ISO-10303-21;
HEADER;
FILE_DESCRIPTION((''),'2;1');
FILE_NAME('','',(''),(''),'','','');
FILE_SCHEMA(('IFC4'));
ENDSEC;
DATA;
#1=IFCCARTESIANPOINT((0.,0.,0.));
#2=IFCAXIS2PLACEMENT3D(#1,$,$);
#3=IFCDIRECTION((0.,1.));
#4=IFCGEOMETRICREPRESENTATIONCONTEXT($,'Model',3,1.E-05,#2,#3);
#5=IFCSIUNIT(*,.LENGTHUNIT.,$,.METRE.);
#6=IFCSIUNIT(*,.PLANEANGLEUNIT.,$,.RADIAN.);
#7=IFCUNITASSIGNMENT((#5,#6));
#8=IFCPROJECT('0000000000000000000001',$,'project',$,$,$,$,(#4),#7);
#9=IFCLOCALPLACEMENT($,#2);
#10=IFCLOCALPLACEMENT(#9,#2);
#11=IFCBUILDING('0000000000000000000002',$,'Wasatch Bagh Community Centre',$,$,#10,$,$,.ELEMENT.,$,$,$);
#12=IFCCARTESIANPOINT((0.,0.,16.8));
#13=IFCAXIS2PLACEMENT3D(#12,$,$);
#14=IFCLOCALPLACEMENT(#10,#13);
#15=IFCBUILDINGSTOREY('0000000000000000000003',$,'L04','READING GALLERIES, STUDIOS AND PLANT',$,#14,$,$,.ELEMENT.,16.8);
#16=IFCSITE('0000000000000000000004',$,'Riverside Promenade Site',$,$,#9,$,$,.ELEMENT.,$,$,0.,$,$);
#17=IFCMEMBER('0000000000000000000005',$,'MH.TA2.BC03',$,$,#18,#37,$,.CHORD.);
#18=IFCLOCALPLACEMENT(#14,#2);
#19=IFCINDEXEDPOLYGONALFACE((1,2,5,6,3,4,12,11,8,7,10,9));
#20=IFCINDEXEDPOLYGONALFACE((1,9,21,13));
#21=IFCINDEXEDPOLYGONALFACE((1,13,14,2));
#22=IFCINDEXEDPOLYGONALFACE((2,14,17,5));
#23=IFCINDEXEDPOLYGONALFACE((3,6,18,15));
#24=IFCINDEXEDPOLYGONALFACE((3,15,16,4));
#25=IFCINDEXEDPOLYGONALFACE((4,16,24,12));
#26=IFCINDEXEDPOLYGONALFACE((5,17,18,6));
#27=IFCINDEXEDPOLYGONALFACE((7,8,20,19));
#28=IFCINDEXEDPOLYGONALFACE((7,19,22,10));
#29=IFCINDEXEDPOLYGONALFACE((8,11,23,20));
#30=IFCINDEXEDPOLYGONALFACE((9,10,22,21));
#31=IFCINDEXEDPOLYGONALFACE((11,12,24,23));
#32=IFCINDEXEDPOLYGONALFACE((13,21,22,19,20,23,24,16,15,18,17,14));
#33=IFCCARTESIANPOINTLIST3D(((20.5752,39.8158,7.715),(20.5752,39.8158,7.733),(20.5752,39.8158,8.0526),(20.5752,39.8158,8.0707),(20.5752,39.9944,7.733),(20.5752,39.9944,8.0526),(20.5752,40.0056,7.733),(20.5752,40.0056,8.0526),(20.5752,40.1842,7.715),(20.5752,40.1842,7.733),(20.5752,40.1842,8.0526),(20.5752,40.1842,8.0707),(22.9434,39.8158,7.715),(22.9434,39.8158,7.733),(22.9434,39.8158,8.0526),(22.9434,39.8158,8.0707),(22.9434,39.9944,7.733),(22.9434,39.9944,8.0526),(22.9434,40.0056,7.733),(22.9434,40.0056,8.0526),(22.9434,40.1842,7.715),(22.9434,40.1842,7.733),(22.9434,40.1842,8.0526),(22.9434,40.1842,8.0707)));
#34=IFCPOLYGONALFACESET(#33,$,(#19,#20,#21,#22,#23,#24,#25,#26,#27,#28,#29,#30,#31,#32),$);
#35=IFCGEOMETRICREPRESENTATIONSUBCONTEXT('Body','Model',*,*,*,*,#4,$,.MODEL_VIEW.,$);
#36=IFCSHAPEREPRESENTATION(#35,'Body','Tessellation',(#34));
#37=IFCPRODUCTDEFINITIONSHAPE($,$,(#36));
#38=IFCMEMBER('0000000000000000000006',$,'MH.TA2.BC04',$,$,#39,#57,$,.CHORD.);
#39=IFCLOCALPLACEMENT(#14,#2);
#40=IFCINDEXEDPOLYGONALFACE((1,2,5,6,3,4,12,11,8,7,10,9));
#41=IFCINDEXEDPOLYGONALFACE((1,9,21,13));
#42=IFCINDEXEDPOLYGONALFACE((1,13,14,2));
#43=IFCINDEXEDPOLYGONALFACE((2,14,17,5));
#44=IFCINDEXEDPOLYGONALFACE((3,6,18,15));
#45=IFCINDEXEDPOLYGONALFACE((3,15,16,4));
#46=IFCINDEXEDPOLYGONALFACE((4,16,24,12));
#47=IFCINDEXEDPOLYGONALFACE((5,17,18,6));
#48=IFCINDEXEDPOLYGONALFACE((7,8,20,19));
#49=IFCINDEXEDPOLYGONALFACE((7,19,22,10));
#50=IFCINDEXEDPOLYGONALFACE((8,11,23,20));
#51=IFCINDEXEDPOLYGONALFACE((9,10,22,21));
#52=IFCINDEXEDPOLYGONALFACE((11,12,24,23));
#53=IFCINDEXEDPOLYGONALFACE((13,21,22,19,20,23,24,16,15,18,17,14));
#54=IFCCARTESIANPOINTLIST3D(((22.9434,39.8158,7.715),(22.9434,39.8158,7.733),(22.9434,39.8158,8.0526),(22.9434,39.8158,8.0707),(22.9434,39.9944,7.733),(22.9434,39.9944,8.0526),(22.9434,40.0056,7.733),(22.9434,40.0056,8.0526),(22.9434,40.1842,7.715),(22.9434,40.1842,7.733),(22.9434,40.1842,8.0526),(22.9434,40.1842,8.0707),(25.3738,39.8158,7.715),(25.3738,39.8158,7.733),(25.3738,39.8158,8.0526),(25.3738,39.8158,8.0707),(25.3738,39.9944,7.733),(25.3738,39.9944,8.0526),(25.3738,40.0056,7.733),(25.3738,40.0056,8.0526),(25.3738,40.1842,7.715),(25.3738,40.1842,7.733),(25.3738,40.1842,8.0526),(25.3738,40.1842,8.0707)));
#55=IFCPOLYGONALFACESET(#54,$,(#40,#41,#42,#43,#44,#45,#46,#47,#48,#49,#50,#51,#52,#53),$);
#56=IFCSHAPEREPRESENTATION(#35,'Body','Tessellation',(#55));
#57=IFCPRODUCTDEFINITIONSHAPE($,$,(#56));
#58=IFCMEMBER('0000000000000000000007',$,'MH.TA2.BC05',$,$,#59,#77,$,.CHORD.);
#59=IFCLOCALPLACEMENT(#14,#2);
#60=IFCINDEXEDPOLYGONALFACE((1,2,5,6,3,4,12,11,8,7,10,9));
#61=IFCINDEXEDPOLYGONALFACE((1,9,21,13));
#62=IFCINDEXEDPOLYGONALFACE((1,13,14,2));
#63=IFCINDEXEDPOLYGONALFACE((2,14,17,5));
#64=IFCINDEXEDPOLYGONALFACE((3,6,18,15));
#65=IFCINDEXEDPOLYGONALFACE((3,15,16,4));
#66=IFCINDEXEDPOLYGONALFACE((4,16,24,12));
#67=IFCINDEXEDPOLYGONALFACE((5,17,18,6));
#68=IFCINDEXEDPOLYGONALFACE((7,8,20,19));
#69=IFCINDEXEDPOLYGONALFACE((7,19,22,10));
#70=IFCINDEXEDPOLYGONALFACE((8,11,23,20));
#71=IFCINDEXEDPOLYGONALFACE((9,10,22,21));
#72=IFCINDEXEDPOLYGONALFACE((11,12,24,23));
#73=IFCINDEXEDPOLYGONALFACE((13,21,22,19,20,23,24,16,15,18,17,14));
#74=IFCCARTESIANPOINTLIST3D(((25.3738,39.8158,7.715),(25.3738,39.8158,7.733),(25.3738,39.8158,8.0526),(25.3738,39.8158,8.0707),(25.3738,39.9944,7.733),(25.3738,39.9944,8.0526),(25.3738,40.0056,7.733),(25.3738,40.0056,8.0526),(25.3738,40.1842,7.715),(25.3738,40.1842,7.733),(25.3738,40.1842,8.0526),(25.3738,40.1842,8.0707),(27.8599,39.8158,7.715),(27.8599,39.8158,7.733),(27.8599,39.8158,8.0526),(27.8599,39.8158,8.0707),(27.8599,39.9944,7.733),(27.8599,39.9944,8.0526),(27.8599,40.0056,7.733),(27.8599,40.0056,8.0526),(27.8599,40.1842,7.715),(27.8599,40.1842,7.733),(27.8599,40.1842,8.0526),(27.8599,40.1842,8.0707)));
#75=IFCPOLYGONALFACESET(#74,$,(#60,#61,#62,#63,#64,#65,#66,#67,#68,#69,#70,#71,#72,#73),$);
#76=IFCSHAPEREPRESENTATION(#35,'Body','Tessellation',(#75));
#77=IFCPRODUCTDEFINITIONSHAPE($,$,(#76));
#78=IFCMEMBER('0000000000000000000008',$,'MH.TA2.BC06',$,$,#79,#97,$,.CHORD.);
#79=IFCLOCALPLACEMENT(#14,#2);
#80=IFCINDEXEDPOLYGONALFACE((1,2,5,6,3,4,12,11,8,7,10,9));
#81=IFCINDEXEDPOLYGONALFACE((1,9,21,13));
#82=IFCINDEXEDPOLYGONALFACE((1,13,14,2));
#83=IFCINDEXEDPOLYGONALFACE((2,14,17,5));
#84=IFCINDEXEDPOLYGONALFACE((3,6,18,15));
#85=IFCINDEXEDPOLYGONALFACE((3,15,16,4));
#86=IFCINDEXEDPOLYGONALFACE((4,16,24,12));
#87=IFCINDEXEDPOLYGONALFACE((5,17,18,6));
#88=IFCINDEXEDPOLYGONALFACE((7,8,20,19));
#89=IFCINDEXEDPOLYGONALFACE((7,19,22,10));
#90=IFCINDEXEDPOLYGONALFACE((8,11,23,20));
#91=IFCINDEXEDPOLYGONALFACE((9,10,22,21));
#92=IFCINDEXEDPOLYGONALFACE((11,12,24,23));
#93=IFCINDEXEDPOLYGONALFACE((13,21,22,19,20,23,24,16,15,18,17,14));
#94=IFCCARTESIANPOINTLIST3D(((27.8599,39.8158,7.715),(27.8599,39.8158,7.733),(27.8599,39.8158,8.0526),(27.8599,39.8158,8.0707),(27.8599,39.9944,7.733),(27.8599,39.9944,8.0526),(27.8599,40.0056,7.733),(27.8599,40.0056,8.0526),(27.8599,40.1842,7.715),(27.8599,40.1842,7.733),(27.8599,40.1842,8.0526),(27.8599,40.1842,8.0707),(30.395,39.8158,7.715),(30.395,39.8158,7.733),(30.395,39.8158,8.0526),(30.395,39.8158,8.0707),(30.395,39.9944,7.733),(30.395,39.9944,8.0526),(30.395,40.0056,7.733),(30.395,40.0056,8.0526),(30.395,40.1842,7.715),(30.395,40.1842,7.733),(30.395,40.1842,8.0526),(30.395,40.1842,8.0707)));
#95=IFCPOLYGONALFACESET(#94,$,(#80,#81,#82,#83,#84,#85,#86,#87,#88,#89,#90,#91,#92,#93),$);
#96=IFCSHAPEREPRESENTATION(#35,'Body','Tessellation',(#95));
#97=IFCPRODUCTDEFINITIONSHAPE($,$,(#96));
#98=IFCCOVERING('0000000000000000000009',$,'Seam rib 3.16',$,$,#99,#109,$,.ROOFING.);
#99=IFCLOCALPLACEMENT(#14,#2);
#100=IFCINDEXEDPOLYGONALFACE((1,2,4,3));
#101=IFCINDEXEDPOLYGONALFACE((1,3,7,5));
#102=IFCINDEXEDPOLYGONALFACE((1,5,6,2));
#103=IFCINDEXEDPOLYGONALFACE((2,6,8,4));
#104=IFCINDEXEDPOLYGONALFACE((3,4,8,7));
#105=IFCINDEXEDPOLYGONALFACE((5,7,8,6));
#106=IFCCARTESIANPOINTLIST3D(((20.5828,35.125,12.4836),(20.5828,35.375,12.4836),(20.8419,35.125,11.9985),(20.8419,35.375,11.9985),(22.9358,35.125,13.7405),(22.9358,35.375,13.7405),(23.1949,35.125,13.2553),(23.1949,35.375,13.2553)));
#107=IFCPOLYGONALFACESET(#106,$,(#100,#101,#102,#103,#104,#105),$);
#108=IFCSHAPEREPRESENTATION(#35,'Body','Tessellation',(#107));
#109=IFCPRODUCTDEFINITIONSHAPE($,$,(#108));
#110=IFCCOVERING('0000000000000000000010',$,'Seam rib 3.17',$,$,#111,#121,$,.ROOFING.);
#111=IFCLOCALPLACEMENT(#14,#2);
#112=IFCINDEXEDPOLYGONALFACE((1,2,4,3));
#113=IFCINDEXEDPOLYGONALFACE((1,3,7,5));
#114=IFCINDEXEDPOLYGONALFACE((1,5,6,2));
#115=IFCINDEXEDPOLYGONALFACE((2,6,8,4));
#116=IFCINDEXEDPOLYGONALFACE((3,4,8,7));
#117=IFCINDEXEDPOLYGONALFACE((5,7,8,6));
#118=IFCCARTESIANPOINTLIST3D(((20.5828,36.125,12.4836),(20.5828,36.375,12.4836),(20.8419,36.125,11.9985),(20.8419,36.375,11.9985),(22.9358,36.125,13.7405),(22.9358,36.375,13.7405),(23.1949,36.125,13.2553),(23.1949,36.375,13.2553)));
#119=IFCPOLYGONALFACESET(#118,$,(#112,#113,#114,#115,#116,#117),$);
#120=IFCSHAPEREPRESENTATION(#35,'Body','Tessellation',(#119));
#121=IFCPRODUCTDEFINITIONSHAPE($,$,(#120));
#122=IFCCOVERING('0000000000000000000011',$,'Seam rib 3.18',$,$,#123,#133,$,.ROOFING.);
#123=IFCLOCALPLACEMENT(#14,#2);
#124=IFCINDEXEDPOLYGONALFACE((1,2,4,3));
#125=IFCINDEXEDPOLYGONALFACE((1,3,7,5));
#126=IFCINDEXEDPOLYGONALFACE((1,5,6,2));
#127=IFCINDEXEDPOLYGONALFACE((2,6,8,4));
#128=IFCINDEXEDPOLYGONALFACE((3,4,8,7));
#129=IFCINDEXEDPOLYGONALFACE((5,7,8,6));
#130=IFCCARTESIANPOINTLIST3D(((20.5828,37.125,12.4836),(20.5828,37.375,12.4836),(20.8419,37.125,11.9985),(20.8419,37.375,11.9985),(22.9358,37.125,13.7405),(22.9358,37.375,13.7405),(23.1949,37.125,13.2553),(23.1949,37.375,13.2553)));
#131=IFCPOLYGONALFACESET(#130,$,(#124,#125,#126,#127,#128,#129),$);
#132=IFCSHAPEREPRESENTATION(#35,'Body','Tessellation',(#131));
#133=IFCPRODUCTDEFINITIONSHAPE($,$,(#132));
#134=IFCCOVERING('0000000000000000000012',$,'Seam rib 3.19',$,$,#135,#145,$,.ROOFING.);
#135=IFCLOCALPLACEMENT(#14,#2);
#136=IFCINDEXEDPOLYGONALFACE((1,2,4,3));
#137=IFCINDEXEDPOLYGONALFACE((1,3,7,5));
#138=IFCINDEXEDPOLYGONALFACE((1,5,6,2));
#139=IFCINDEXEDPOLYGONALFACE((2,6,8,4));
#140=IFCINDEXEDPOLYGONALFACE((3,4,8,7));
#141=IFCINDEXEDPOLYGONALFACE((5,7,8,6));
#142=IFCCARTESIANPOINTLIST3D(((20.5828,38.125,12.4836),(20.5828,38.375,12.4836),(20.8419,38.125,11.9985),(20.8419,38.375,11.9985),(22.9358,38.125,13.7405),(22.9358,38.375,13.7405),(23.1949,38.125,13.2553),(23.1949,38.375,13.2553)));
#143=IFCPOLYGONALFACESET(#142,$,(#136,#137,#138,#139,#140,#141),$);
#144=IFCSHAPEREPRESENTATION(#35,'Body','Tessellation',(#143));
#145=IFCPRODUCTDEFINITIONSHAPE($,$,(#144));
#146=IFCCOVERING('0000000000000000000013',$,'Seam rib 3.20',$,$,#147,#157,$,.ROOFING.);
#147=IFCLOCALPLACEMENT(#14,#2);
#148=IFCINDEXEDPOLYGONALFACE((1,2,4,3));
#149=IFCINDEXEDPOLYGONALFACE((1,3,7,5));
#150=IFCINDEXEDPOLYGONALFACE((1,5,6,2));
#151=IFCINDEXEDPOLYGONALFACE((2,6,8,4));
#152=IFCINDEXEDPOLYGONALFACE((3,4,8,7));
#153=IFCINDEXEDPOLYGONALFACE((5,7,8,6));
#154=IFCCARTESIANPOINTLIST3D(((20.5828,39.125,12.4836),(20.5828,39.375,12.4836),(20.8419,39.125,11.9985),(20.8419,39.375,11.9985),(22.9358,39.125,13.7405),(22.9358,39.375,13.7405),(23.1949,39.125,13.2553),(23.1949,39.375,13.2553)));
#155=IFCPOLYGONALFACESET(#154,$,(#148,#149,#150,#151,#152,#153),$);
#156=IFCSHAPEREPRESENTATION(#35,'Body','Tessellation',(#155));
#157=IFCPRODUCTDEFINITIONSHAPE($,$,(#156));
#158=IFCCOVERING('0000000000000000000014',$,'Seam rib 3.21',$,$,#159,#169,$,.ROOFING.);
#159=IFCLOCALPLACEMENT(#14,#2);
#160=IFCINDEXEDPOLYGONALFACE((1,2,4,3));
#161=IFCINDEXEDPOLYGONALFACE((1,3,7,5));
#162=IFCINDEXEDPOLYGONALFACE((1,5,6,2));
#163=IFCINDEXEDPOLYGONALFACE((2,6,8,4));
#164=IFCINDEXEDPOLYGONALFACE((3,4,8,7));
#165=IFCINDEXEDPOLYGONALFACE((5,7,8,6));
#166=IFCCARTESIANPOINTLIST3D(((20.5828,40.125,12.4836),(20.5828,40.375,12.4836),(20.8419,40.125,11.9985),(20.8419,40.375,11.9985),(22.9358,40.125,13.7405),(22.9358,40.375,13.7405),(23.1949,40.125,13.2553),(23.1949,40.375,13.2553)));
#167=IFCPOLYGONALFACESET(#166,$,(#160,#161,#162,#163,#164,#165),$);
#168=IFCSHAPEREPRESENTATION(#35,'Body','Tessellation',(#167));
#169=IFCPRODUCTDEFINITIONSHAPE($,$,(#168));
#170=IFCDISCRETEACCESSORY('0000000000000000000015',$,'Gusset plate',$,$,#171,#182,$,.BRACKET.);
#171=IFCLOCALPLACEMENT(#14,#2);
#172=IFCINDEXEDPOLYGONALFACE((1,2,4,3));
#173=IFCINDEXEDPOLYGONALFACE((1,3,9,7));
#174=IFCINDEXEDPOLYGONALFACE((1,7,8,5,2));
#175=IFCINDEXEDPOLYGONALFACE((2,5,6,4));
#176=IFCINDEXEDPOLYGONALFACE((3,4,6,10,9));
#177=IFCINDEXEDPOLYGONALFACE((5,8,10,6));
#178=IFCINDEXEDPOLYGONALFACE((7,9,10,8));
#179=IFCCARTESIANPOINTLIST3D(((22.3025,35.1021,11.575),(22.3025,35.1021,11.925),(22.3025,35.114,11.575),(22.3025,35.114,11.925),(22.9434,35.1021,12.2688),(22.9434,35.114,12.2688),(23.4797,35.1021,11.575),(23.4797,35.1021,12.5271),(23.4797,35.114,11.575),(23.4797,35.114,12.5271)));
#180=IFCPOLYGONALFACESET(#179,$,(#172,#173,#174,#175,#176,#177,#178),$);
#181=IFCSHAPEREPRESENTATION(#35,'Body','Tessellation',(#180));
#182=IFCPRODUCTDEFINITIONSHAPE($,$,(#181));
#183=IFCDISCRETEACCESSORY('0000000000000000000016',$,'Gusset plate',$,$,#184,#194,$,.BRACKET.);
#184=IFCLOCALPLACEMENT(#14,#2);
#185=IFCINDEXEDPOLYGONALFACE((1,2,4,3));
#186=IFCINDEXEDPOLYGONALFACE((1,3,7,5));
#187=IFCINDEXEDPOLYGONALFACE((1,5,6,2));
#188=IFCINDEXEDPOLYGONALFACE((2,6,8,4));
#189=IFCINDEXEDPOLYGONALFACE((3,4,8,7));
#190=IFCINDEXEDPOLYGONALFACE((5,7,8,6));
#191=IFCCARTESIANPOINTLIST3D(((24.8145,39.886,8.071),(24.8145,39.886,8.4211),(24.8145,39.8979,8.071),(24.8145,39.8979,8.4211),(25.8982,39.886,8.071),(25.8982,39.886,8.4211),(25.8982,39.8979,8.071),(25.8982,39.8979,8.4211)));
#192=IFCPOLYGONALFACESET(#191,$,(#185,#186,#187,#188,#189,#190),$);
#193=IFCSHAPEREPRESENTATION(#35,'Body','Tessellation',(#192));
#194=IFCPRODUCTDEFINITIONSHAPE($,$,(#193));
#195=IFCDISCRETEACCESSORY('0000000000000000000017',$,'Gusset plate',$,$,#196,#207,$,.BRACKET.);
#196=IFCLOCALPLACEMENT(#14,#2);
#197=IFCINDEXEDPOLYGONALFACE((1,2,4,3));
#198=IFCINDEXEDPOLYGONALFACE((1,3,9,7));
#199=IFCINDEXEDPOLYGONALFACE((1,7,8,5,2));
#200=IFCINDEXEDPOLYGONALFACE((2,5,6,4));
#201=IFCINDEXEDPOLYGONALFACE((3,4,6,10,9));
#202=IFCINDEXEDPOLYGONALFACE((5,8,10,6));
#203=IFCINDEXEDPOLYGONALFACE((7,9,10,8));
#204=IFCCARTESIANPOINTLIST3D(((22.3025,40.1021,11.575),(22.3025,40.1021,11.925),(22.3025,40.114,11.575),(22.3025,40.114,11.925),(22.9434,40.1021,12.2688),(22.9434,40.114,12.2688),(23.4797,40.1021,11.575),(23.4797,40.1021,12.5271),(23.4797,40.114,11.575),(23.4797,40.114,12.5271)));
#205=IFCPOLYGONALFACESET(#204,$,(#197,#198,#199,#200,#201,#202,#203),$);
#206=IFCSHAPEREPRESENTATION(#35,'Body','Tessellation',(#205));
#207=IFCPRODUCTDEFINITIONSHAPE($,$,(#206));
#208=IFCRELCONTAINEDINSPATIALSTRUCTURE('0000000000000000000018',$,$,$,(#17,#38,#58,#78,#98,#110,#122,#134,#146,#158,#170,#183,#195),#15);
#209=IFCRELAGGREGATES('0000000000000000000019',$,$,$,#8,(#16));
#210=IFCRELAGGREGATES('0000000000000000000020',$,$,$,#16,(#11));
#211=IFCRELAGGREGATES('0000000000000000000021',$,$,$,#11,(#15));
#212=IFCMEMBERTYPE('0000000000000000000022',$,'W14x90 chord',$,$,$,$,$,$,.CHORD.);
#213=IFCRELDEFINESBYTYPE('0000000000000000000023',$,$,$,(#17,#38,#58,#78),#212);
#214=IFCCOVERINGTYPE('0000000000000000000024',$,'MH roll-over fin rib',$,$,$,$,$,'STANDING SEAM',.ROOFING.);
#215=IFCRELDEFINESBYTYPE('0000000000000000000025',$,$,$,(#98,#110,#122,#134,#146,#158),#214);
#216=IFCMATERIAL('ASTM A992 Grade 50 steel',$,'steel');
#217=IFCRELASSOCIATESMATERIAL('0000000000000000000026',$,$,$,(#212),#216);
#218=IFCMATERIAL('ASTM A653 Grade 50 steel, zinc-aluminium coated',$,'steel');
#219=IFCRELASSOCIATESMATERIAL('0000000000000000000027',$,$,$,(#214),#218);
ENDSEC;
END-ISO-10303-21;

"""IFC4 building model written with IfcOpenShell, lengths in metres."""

from ifc_helpers import new_model, si_unit, direction, frame, origin, origin_2d, place, context, subcontext, project, spatial, polyline, i_section, outline, extrude, material, material_profile, profile_set, type_object, element, save


model = new_model("IFC4")

# Units and contexts
model_context = context("Model", 3, precision=1e-05, world=origin(), true_north=direction((0.0, 1.0)))
body_context = subcontext(model_context, "Body", "Model", "MODEL_VIEW")
ifc_project = project(units=[si_unit("LENGTHUNIT", "METRE"), si_unit("PLANEANGLEUNIT", "RADIAN")], contexts=[model_context])

# Site, building, storey
site_placement = place(None, origin())
site = spatial("IfcSite", under=ifc_project, at=site_placement, Name="Riverside Promenade Site", CompositionType="ELEMENT", RefElevation=0.0)
building_placement = place(site_placement, origin())
building = spatial("IfcBuilding", under=site, at=building_placement, Name="Wasatch Bagh Community Centre", CompositionType="ELEMENT")
storey_placement = place(building_placement, frame((0.0, 0.0, 16.8)))
storey = spatial("IfcBuildingStorey", under=building, at=storey_placement, Name="L04", Description="READING GALLERIES, STUDIOS AND PLANT", CompositionType="ELEMENT", Elevation=16.8)

# Members
ifc_material_1 = material(Name="ASTM A992 Grade 50 steel", Category="steel")
ifc_material_profile_1 = material_profile(ifc_material_1, i_section(OverallWidth=0.3684, OverallDepth=0.3557, WebThickness=0.0112, FlangeThickness=0.0181, at=origin_2d()), Name="W14x90")
ifc_profile_set_1 = profile_set([ifc_material_profile_1], Name="ASTM A992 Grade 50 steel")
member_type_1 = type_object("IfcMemberType", Name="W14x90 chord", PredefinedType="CHORD", material=ifc_profile_set_1)
member_1_placement = place(storey_placement, frame((20.5752, 40.0, 7.8928), z_axis=(1.0, 0.0, 0.0), x_axis=(0.0, 1.0, 0.0)))
element("IfcMember", 1, at=member_1_placement, inside=storey, type_object=member_type_1, Name="MH.TA2.BC03", PredefinedType="CHORD", context=body_context, shape_type="SweptSolid", body=[
    extrude(i_section(OverallWidth=0.3684, OverallDepth=0.3557, WebThickness=0.0112, FlangeThickness=0.0181, at=origin_2d()), origin(), (0.0, 0.0, 1.0), 2.3682),
])
member_2_placement = place(storey_placement, frame((22.9434, 40.0, 7.8928), z_axis=(1.0, 0.0, 0.0), x_axis=(0.0, 1.0, 0.0)))
element("IfcMember", 2, at=member_2_placement, inside=storey, type_object=member_type_1, Name="MH.TA2.BC04", PredefinedType="CHORD", context=body_context, shape_type="SweptSolid", body=[
    extrude(i_section(OverallWidth=0.3684, OverallDepth=0.3557, WebThickness=0.0112, FlangeThickness=0.0181, at=origin_2d()), origin(), (0.0, 0.0, 1.0), 2.4304),
])
member_3_placement = place(storey_placement, frame((25.3738, 40.0, 7.8928), z_axis=(1.0, 0.0, 0.0), x_axis=(0.0, 1.0, 0.0)))
element("IfcMember", 3, at=member_3_placement, inside=storey, type_object=member_type_1, Name="MH.TA2.BC05", PredefinedType="CHORD", context=body_context, shape_type="SweptSolid", body=[
    extrude(i_section(OverallWidth=0.3684, OverallDepth=0.3557, WebThickness=0.0112, FlangeThickness=0.0181, at=origin_2d()), origin(), (0.0, 0.0, 1.0), 2.4861),
])
member_4_placement = place(storey_placement, frame((27.8599, 40.0, 7.8928), z_axis=(1.0, 0.0, 0.0), x_axis=(0.0, 1.0, 0.0)))
element("IfcMember", 4, at=member_4_placement, inside=storey, type_object=member_type_1, Name="MH.TA2.BC06", PredefinedType="CHORD", context=body_context, shape_type="SweptSolid", body=[
    extrude(i_section(OverallWidth=0.3684, OverallDepth=0.3557, WebThickness=0.0112, FlangeThickness=0.0181, at=origin_2d()), origin(), (0.0, 0.0, 1.0), 2.5352),
])

# Coverings
ifc_material_2 = material(Name="ASTM A653 Grade 50 steel, zinc-aluminium coated", Category="steel")
covering_type = type_object("IfcCoveringType", Name="MH roll-over fin rib", ElementType="STANDING SEAM", PredefinedType="ROOFING", material=ifc_material_2)
for number, where, z_axis, x_axis, name in (
    (5, (20.5828, 35.125, 12.4836), (-0.471139, 0.0, 0.882059), (0.882059, 0.0, 0.471139), "Seam rib 3.16"),
    (6, (20.5828, 36.125, 12.4836), (-0.471139, 0.0, 0.882059), (0.882059, 0.0, 0.471139), "Seam rib 3.17"),
    (7, (20.5828, 37.125, 12.4836), (-0.471139, 0.0, 0.882059), (0.882059, 0.0, 0.471139), "Seam rib 3.18"),
    (8, (20.5828, 38.125, 12.4836), (-0.471139, 0.0, 0.882059), (0.882059, 0.0, 0.471139), "Seam rib 3.19"),
    (9, (20.5828, 39.125, 12.4836), (-0.471139, 0.0, 0.882059), (0.882059, 0.0, 0.471139), "Seam rib 3.20"),
    (10, (20.5828, 40.125, 12.4836), (-0.471139, 0.0, 0.882059), (0.882059, 0.0, 0.471139), "Seam rib 3.21"),
):
    element("IfcCovering", number, at=place(storey_placement, frame(where, z_axis=z_axis, x_axis=x_axis)), inside=storey, type_object=covering_type, Name=name, PredefinedType="ROOFING", context=body_context, shape_type="SweptSolid", body=[
        extrude(outline(polyline([(0.0, 0.0), (2.6677, 0.0), (2.6677, 0.25), (0.0, 0.25), (0.0, 0.0)])), origin(), (0.0, 0.0, -1.0), 0.55),
    ])

# Discrete accessories
discrete_accessory_1_placement = place(storey_placement, frame((22.3025, 35.114, 11.925), z_axis=(0.0, 1.0, 0.0), x_axis=(0.881235, 0.0, 0.472678)))
element("IfcDiscreteAccessory", 11, at=discrete_accessory_1_placement, inside=storey, Name="Gusset plate", PredefinedType="BRACKET", context=body_context, shape_type="SweptSolid", body=[
    extrude(outline(polyline([(0.0, 0.0), (0.7272, 0.0), (1.322, 0.0259), (0.8719, 0.865), (-0.1655, 0.3085), (0.0, 0.0)])), origin(), (0.0, 0.0, -1.0), 0.012),
])
discrete_accessory_2_placement = place(storey_placement, frame((24.8145, 39.886, 8.071), z_axis=(0.0, -1.0, 0.0), x_axis=(1.0, 0.0, 0.0)))
element("IfcDiscreteAccessory", 12, at=discrete_accessory_2_placement, inside=storey, Name="Gusset plate", PredefinedType="BRACKET", context=body_context, shape_type="SweptSolid", body=[
    extrude(outline(polyline([(0.0, 0.0), (1.0837, 0.0), (1.0837, 0.3501), (0.0, 0.3501), (0.0, 0.0)])), origin(), (0.0, 0.0, -1.0), 0.012),
])
discrete_accessory_3_placement = place(storey_placement, frame((22.3025, 40.114, 11.925), z_axis=(0.0, 1.0, 0.0), x_axis=(0.881235, 0.0, 0.472678)))
element("IfcDiscreteAccessory", 13, at=discrete_accessory_3_placement, inside=storey, Name="Gusset plate", PredefinedType="BRACKET", context=body_context, shape_type="SweptSolid", body=[
    extrude(outline(polyline([(0.0, 0.0), (0.7272, 0.0), (1.322, 0.0259), (0.8719, 0.865), (-0.1655, 0.3085), (0.0, 0.0)])), origin(), (0.0, 0.0, -1.0), 0.012),
])

save(model, "model.ifc")
